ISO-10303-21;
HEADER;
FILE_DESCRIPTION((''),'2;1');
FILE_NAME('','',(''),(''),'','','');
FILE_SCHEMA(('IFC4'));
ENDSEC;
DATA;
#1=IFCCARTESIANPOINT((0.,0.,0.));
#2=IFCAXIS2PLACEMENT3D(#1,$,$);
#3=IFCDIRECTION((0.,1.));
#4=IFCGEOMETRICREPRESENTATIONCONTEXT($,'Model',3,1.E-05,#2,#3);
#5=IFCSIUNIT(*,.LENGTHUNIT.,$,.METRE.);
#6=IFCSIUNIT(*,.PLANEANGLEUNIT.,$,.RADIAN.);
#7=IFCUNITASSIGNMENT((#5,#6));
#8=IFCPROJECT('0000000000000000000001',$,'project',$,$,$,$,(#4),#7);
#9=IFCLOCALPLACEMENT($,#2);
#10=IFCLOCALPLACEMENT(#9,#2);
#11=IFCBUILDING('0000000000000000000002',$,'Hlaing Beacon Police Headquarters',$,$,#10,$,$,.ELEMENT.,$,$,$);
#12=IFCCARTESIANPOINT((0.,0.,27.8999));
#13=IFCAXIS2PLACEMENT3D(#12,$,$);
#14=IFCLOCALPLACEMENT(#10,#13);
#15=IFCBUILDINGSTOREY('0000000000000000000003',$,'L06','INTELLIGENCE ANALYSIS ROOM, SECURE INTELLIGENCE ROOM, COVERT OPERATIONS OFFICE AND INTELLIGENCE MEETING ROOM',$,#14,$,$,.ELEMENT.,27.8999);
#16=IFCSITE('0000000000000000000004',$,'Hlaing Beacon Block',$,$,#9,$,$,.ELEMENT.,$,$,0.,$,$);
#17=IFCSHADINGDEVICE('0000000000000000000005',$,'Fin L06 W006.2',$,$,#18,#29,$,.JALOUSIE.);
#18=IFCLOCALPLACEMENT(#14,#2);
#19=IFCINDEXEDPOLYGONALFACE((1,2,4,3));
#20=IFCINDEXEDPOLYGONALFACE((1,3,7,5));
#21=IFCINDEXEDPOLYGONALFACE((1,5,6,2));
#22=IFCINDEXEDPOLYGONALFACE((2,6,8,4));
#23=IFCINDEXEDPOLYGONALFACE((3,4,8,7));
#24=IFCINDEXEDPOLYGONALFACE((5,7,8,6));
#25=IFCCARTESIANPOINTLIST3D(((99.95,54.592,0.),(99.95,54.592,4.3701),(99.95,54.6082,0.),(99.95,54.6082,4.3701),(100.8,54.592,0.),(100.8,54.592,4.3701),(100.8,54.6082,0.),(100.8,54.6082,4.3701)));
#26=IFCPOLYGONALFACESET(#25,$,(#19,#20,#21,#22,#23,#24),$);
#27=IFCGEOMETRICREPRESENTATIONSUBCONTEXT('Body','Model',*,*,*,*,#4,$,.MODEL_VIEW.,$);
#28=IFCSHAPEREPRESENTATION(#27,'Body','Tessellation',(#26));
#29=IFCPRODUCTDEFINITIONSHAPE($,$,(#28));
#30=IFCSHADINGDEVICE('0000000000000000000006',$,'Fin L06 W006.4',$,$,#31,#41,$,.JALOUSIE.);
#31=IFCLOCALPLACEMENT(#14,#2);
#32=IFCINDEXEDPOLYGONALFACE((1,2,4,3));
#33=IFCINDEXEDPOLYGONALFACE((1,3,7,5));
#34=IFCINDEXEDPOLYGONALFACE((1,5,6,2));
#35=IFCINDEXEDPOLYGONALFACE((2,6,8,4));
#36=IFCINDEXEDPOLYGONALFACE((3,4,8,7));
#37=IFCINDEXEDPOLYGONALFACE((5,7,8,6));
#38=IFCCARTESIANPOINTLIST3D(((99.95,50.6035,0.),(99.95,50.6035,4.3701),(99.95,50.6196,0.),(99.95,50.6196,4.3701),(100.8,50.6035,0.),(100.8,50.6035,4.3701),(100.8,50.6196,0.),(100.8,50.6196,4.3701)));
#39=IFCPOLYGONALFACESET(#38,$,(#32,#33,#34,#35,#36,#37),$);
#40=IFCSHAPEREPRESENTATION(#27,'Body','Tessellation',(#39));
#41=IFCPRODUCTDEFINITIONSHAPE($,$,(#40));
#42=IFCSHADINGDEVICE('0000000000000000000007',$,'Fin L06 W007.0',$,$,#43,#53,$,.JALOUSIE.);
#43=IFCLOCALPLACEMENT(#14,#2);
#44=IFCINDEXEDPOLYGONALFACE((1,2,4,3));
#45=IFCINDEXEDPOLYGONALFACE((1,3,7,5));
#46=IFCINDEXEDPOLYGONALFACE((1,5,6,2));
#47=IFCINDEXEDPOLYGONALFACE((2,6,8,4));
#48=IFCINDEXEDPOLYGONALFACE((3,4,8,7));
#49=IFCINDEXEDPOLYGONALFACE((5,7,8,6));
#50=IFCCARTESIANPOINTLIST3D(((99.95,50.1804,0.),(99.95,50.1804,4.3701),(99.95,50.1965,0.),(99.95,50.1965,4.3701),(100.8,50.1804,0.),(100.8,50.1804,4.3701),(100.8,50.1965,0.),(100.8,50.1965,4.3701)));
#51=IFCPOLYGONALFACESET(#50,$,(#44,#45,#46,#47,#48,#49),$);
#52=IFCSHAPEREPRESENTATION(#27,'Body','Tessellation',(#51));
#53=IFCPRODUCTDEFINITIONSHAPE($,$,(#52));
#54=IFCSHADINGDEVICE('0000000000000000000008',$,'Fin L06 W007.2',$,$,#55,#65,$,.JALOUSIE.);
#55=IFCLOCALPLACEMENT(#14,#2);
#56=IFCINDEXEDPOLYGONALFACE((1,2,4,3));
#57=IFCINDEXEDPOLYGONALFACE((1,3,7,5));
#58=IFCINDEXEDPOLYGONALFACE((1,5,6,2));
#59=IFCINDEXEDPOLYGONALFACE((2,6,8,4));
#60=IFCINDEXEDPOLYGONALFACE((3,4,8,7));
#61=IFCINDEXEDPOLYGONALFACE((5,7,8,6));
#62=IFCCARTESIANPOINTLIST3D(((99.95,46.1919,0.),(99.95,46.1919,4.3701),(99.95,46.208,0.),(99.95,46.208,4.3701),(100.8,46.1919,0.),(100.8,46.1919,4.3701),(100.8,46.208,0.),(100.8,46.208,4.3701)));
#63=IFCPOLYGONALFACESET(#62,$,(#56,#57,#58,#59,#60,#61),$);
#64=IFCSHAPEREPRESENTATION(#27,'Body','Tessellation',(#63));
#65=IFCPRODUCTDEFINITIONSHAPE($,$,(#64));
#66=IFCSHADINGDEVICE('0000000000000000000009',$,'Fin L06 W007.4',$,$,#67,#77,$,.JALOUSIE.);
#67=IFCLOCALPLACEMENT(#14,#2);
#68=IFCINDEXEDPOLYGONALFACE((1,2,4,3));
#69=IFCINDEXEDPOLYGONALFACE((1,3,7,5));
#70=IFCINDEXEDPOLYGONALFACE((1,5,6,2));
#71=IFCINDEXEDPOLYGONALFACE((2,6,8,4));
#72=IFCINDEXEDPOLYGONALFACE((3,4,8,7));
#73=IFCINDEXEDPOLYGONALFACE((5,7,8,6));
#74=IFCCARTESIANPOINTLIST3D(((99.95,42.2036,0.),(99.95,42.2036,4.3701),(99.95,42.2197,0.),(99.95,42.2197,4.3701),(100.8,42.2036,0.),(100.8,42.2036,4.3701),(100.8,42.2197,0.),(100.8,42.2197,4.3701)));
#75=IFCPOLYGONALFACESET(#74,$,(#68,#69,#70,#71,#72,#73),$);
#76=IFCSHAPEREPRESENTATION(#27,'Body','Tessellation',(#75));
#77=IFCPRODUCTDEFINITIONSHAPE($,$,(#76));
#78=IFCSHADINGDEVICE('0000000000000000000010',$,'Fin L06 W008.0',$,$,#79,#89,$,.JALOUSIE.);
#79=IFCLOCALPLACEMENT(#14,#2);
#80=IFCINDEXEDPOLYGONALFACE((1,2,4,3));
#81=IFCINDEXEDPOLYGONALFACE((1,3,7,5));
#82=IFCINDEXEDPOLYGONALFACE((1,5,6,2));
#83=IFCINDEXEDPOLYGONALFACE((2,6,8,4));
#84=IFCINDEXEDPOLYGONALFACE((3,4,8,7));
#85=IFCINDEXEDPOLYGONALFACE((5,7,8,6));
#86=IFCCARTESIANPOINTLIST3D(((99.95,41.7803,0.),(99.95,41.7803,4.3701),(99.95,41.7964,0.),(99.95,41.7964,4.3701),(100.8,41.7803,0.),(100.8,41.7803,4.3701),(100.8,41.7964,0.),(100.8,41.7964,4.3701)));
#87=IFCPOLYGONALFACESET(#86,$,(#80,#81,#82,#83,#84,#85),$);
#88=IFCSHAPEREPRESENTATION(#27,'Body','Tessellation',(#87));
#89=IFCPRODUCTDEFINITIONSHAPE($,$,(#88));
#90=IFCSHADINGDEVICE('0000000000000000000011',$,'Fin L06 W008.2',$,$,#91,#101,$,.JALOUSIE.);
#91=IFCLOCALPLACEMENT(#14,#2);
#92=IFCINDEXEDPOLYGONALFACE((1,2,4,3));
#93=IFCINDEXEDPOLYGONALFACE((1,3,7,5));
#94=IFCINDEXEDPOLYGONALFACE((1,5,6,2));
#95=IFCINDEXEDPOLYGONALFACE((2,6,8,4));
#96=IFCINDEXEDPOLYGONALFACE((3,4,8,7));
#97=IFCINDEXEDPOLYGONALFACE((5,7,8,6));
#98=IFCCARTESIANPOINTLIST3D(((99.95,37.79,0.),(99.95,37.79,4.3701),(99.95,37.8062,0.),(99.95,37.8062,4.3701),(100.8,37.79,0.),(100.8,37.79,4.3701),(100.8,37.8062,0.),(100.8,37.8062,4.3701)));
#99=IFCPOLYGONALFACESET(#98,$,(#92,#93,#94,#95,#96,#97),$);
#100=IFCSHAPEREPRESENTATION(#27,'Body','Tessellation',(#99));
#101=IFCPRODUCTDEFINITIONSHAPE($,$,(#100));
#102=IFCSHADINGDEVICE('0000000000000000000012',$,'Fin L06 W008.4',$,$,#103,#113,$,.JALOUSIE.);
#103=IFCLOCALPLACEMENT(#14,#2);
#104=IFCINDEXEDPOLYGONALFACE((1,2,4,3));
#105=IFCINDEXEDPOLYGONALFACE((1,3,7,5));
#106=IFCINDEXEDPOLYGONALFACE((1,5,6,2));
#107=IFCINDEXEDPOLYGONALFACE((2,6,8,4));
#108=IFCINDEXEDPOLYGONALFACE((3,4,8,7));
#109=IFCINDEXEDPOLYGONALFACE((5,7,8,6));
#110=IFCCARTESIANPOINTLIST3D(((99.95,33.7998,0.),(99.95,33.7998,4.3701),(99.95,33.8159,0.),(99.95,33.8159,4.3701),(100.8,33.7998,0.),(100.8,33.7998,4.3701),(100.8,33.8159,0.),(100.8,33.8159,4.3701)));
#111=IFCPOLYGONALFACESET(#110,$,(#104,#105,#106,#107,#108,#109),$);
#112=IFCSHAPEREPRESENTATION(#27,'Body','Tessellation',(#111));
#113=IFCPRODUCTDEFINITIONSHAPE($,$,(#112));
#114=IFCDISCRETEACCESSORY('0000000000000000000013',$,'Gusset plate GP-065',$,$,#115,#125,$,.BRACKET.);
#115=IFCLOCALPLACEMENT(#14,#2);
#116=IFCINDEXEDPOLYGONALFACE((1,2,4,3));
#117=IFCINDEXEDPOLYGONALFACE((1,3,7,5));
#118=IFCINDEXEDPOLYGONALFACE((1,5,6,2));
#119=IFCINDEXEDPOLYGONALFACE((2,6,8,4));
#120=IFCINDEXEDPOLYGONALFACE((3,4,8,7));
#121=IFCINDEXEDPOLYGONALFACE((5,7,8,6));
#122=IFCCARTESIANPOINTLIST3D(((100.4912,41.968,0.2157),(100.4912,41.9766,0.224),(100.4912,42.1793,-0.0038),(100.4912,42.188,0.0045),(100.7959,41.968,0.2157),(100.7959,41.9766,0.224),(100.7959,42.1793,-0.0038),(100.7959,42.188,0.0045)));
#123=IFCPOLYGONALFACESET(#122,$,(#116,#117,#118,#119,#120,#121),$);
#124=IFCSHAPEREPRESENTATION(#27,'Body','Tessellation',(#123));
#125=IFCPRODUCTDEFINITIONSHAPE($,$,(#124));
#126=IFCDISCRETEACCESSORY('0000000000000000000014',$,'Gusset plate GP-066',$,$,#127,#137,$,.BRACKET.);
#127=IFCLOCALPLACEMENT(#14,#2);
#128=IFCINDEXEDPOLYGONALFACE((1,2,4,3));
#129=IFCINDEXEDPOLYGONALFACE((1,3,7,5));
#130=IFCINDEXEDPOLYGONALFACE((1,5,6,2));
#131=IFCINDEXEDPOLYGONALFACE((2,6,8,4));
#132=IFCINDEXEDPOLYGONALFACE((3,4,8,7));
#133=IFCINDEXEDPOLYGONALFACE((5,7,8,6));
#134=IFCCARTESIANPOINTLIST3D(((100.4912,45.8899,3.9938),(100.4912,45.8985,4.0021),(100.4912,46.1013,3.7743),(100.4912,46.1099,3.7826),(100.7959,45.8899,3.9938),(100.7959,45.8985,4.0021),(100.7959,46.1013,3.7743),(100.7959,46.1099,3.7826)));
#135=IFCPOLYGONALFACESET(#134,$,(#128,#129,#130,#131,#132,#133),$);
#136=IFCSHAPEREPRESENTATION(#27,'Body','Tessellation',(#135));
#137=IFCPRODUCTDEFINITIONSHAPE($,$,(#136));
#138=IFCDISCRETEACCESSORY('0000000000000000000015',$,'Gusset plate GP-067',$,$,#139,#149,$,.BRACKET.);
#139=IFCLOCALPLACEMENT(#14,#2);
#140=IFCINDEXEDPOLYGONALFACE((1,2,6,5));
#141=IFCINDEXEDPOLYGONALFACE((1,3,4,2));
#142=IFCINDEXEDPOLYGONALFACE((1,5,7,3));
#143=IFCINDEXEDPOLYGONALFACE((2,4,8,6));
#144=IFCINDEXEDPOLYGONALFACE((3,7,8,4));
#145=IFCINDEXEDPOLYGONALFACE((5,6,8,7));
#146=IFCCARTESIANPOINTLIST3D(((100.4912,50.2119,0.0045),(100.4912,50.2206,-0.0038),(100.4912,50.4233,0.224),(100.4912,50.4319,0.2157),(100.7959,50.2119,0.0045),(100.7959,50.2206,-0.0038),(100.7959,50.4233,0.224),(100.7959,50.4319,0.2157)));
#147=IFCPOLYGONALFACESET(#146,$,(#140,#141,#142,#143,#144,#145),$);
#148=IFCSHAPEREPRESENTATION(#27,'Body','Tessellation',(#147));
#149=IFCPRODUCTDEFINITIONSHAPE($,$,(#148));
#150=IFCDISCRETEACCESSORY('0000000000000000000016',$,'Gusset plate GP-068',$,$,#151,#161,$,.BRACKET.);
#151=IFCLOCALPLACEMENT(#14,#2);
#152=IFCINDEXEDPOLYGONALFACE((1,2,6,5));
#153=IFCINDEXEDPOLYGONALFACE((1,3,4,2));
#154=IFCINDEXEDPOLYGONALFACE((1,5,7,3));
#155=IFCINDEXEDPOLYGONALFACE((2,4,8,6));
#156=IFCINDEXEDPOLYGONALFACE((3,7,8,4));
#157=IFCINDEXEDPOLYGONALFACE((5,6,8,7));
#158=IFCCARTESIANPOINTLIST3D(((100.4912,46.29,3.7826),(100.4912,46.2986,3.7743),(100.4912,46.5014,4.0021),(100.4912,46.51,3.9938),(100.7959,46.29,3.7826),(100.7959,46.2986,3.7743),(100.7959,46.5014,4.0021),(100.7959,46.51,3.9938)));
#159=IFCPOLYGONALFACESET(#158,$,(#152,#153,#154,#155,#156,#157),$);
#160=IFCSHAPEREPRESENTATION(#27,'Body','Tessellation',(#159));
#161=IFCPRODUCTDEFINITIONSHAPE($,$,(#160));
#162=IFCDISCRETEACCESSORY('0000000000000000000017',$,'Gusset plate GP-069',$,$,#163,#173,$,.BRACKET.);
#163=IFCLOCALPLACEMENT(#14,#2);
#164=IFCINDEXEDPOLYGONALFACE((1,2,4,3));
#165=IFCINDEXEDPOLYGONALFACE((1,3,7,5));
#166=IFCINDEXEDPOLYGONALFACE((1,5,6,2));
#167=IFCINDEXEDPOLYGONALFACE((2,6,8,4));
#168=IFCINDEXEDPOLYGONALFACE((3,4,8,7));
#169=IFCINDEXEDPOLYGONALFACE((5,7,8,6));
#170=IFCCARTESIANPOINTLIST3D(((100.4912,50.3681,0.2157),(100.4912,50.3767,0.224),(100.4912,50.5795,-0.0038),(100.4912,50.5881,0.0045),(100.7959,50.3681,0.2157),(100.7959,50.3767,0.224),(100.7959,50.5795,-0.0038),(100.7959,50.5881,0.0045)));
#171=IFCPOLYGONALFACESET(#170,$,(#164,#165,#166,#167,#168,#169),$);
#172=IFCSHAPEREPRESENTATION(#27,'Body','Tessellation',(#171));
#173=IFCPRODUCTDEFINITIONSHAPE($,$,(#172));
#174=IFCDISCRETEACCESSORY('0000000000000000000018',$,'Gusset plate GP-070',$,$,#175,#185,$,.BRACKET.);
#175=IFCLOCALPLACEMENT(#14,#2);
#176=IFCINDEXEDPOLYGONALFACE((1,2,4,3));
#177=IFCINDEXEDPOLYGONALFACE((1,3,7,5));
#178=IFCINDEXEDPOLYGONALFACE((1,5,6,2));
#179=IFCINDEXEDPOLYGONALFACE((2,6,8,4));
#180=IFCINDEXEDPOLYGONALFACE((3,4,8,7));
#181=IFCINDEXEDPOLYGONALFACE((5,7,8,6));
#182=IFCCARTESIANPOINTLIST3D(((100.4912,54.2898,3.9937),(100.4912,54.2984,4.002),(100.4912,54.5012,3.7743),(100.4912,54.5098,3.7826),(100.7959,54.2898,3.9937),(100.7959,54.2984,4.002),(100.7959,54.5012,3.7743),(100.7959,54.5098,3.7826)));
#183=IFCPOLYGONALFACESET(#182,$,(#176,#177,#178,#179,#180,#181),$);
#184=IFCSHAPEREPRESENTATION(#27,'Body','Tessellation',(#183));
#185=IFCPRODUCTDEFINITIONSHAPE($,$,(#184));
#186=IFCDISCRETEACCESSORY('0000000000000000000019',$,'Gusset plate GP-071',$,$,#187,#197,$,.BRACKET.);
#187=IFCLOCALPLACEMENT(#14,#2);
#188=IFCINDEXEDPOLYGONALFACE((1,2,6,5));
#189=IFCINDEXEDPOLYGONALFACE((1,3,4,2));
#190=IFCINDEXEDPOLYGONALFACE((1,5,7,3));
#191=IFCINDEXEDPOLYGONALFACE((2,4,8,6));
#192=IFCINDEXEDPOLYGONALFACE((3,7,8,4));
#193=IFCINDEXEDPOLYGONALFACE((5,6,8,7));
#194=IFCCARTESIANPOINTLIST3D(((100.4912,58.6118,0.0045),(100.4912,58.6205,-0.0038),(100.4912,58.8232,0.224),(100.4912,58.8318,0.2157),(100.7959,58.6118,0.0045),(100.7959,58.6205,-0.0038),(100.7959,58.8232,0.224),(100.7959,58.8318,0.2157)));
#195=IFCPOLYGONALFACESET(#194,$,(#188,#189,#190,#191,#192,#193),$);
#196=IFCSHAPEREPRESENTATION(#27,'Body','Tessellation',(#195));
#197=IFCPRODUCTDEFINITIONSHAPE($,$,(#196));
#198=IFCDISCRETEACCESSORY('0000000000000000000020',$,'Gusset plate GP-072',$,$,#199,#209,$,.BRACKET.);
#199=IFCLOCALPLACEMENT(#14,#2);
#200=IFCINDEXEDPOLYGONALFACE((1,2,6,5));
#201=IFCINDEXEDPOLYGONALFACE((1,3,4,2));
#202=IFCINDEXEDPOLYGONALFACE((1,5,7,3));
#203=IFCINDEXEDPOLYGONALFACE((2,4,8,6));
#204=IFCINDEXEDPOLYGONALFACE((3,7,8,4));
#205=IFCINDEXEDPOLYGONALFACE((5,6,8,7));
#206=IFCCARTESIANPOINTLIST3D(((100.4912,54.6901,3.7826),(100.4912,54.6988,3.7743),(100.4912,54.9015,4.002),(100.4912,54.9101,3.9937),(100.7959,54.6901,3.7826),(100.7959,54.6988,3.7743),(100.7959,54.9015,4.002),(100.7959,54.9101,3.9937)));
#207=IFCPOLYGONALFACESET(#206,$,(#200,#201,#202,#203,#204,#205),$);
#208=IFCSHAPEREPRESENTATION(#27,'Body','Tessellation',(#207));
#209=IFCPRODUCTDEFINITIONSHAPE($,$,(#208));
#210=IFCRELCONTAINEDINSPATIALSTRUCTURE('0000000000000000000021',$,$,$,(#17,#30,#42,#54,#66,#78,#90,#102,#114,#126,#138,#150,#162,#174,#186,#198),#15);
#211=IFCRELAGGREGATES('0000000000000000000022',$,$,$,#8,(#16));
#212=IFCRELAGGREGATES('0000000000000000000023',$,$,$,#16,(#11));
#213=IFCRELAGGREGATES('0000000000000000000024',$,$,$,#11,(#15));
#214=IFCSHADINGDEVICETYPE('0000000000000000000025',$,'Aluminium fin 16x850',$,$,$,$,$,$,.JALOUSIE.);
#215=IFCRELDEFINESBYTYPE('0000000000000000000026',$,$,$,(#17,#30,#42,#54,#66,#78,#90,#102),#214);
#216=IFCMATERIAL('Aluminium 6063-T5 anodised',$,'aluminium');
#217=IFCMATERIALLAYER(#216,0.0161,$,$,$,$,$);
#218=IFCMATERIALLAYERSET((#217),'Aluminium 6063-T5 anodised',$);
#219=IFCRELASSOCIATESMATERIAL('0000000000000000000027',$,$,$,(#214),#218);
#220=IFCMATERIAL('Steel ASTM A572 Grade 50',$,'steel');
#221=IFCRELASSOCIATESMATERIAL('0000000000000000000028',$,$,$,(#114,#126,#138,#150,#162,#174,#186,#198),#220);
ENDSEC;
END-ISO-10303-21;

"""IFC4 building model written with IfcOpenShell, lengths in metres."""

from ifc_helpers import new_model, si_unit, direction, frame, origin, origin_2d, place, context, subcontext, project, spatial, rectangle, extrude, material, layer, layer_set, type_object, element, save


model = new_model("IFC4")

# Units and contexts
model_context = context("Model", 3, precision=1e-05, world=origin(), true_north=direction((0.0, 1.0)))
body_context = subcontext(model_context, "Body", "Model", "MODEL_VIEW")
ifc_project = project(units=[si_unit("LENGTHUNIT", "METRE"), si_unit("PLANEANGLEUNIT", "RADIAN")], contexts=[model_context])

# Site, building, storey
site_placement = place(None, origin())
site = spatial("IfcSite", under=ifc_project, at=site_placement, Name="Hlaing Beacon Block", CompositionType="ELEMENT", RefElevation=0.0)
building_placement = place(site_placement, origin())
building = spatial("IfcBuilding", under=site, at=building_placement, Name="Hlaing Beacon Police Headquarters", CompositionType="ELEMENT")
storey_placement = place(building_placement, frame((0.0, 0.0, 27.8999)))
storey = spatial("IfcBuildingStorey", under=building, at=storey_placement, Name="L06", Description="INTELLIGENCE ANALYSIS ROOM, SECURE INTELLIGENCE ROOM, COVERT OPERATIONS OFFICE AND INTELLIGENCE MEETING ROOM", CompositionType="ELEMENT", Elevation=27.8999)

# Shading devices
ifc_material_1 = material(Name="Aluminium 6063-T5 anodised", Category="aluminium")
ifc_layer = layer(ifc_material_1, 0.0161)
ifc_layer_set = layer_set([ifc_layer], Name="Aluminium 6063-T5 anodised")
shading_device_type = type_object("IfcShadingDeviceType", Name="Aluminium fin 16x850", PredefinedType="JALOUSIE", material=ifc_layer_set)
for number, where, z_axis, x_axis, name in (
    (1, (100.375, 54.6001, 0.0), (0.0, 0.0, 1.0), (0.0, -1.0, 0.0), "Fin L06 W006.2"),
    (2, (100.375, 50.6116, 0.0), (0.0, 0.0, 1.0), (0.0, -1.0, 0.0), "Fin L06 W006.4"),
    (3, (100.375, 50.1885, 0.0), (0.0, 0.0, 1.0), (0.0, -1.0, 0.0), "Fin L06 W007.0"),
    (4, (100.375, 46.2, 0.0), (0.0, 0.0, 1.0), (0.0, -1.0, 0.0), "Fin L06 W007.2"),
    (5, (100.375, 42.2117, 0.0), (0.0, 0.0, 1.0), (0.0, -1.0, 0.0), "Fin L06 W007.4"),
    (6, (100.375, 41.7883, 0.0), (0.0, 0.0, 1.0), (0.0, -1.0, 0.0), "Fin L06 W008.0"),
    (7, (100.375, 37.7981, 0.0), (0.0, 0.0, 1.0), (0.0, -1.0, 0.0), "Fin L06 W008.2"),
    (8, (100.375, 33.8079, 0.0), (0.0, 0.0, 1.0), (0.0, -1.0, 0.0), "Fin L06 W008.4"),
):
    element("IfcShadingDevice", number, at=place(storey_placement, frame(where, z_axis=z_axis, x_axis=x_axis)), inside=storey, type_object=shading_device_type, Name=name, PredefinedType="JALOUSIE", context=body_context, shape_type="SweptSolid", body=[
        extrude(rectangle(XDim=0.0161, YDim=0.8501, at=origin_2d()), origin(), (0.0, 0.0, 1.0), 4.3701),
    ])

# Discrete accessories
ifc_material_2 = material(Name="Steel ASTM A572 Grade 50", Category="steel")
for number, where, z_axis, x_axis, name in (
    (9, (100.6436, 42.0823, 0.1143), (0.0, -0.720208, -0.693758), (1.0, 0.0, 0.0), "Gusset plate GP-065"),
    (10, (100.6436, 45.9956, 3.884), (0.0, 0.720208, 0.693758), (-1.0, 0.0, 0.0), "Gusset plate GP-066"),
    (11, (100.6436, 50.3176, 0.1143), (0.0, 0.720208, -0.693758), (-1.0, 0.0, 0.0), "Gusset plate GP-067"),
    (12, (100.6436, 46.4043, 3.884), (0.0, -0.720208, 0.693758), (1.0, 0.0, 0.0), "Gusset plate GP-068"),
    (13, (100.6436, 50.4824, 0.1143), (0.0, -0.720187, -0.69378), (1.0, 0.0, 0.0), "Gusset plate GP-069"),
    (14, (100.6436, 54.3955, 3.884), (0.0, 0.720187, 0.69378), (-1.0, 0.0, 0.0), "Gusset plate GP-070"),
    (15, (100.6436, 58.7175, 0.1143), (0.0, 0.720187, -0.69378), (-1.0, 0.0, 0.0), "Gusset plate GP-071"),
    (16, (100.6436, 54.8044, 3.884), (0.0, -0.720187, 0.69378), (1.0, 0.0, 0.0), "Gusset plate GP-072"),
):
    element("IfcDiscreteAccessory", number, at=place(storey_placement, frame(where, z_axis=z_axis, x_axis=x_axis)), inside=storey, material=ifc_material_2, Name=name, PredefinedType="BRACKET", context=body_context, shape_type="SweptSolid", body=[
        extrude(rectangle(XDim=0.3047, YDim=0.3047, at=origin_2d()), origin(), (0.0, 0.0, 1.0), 0.012),
    ])

save(model, "model.ifc")
